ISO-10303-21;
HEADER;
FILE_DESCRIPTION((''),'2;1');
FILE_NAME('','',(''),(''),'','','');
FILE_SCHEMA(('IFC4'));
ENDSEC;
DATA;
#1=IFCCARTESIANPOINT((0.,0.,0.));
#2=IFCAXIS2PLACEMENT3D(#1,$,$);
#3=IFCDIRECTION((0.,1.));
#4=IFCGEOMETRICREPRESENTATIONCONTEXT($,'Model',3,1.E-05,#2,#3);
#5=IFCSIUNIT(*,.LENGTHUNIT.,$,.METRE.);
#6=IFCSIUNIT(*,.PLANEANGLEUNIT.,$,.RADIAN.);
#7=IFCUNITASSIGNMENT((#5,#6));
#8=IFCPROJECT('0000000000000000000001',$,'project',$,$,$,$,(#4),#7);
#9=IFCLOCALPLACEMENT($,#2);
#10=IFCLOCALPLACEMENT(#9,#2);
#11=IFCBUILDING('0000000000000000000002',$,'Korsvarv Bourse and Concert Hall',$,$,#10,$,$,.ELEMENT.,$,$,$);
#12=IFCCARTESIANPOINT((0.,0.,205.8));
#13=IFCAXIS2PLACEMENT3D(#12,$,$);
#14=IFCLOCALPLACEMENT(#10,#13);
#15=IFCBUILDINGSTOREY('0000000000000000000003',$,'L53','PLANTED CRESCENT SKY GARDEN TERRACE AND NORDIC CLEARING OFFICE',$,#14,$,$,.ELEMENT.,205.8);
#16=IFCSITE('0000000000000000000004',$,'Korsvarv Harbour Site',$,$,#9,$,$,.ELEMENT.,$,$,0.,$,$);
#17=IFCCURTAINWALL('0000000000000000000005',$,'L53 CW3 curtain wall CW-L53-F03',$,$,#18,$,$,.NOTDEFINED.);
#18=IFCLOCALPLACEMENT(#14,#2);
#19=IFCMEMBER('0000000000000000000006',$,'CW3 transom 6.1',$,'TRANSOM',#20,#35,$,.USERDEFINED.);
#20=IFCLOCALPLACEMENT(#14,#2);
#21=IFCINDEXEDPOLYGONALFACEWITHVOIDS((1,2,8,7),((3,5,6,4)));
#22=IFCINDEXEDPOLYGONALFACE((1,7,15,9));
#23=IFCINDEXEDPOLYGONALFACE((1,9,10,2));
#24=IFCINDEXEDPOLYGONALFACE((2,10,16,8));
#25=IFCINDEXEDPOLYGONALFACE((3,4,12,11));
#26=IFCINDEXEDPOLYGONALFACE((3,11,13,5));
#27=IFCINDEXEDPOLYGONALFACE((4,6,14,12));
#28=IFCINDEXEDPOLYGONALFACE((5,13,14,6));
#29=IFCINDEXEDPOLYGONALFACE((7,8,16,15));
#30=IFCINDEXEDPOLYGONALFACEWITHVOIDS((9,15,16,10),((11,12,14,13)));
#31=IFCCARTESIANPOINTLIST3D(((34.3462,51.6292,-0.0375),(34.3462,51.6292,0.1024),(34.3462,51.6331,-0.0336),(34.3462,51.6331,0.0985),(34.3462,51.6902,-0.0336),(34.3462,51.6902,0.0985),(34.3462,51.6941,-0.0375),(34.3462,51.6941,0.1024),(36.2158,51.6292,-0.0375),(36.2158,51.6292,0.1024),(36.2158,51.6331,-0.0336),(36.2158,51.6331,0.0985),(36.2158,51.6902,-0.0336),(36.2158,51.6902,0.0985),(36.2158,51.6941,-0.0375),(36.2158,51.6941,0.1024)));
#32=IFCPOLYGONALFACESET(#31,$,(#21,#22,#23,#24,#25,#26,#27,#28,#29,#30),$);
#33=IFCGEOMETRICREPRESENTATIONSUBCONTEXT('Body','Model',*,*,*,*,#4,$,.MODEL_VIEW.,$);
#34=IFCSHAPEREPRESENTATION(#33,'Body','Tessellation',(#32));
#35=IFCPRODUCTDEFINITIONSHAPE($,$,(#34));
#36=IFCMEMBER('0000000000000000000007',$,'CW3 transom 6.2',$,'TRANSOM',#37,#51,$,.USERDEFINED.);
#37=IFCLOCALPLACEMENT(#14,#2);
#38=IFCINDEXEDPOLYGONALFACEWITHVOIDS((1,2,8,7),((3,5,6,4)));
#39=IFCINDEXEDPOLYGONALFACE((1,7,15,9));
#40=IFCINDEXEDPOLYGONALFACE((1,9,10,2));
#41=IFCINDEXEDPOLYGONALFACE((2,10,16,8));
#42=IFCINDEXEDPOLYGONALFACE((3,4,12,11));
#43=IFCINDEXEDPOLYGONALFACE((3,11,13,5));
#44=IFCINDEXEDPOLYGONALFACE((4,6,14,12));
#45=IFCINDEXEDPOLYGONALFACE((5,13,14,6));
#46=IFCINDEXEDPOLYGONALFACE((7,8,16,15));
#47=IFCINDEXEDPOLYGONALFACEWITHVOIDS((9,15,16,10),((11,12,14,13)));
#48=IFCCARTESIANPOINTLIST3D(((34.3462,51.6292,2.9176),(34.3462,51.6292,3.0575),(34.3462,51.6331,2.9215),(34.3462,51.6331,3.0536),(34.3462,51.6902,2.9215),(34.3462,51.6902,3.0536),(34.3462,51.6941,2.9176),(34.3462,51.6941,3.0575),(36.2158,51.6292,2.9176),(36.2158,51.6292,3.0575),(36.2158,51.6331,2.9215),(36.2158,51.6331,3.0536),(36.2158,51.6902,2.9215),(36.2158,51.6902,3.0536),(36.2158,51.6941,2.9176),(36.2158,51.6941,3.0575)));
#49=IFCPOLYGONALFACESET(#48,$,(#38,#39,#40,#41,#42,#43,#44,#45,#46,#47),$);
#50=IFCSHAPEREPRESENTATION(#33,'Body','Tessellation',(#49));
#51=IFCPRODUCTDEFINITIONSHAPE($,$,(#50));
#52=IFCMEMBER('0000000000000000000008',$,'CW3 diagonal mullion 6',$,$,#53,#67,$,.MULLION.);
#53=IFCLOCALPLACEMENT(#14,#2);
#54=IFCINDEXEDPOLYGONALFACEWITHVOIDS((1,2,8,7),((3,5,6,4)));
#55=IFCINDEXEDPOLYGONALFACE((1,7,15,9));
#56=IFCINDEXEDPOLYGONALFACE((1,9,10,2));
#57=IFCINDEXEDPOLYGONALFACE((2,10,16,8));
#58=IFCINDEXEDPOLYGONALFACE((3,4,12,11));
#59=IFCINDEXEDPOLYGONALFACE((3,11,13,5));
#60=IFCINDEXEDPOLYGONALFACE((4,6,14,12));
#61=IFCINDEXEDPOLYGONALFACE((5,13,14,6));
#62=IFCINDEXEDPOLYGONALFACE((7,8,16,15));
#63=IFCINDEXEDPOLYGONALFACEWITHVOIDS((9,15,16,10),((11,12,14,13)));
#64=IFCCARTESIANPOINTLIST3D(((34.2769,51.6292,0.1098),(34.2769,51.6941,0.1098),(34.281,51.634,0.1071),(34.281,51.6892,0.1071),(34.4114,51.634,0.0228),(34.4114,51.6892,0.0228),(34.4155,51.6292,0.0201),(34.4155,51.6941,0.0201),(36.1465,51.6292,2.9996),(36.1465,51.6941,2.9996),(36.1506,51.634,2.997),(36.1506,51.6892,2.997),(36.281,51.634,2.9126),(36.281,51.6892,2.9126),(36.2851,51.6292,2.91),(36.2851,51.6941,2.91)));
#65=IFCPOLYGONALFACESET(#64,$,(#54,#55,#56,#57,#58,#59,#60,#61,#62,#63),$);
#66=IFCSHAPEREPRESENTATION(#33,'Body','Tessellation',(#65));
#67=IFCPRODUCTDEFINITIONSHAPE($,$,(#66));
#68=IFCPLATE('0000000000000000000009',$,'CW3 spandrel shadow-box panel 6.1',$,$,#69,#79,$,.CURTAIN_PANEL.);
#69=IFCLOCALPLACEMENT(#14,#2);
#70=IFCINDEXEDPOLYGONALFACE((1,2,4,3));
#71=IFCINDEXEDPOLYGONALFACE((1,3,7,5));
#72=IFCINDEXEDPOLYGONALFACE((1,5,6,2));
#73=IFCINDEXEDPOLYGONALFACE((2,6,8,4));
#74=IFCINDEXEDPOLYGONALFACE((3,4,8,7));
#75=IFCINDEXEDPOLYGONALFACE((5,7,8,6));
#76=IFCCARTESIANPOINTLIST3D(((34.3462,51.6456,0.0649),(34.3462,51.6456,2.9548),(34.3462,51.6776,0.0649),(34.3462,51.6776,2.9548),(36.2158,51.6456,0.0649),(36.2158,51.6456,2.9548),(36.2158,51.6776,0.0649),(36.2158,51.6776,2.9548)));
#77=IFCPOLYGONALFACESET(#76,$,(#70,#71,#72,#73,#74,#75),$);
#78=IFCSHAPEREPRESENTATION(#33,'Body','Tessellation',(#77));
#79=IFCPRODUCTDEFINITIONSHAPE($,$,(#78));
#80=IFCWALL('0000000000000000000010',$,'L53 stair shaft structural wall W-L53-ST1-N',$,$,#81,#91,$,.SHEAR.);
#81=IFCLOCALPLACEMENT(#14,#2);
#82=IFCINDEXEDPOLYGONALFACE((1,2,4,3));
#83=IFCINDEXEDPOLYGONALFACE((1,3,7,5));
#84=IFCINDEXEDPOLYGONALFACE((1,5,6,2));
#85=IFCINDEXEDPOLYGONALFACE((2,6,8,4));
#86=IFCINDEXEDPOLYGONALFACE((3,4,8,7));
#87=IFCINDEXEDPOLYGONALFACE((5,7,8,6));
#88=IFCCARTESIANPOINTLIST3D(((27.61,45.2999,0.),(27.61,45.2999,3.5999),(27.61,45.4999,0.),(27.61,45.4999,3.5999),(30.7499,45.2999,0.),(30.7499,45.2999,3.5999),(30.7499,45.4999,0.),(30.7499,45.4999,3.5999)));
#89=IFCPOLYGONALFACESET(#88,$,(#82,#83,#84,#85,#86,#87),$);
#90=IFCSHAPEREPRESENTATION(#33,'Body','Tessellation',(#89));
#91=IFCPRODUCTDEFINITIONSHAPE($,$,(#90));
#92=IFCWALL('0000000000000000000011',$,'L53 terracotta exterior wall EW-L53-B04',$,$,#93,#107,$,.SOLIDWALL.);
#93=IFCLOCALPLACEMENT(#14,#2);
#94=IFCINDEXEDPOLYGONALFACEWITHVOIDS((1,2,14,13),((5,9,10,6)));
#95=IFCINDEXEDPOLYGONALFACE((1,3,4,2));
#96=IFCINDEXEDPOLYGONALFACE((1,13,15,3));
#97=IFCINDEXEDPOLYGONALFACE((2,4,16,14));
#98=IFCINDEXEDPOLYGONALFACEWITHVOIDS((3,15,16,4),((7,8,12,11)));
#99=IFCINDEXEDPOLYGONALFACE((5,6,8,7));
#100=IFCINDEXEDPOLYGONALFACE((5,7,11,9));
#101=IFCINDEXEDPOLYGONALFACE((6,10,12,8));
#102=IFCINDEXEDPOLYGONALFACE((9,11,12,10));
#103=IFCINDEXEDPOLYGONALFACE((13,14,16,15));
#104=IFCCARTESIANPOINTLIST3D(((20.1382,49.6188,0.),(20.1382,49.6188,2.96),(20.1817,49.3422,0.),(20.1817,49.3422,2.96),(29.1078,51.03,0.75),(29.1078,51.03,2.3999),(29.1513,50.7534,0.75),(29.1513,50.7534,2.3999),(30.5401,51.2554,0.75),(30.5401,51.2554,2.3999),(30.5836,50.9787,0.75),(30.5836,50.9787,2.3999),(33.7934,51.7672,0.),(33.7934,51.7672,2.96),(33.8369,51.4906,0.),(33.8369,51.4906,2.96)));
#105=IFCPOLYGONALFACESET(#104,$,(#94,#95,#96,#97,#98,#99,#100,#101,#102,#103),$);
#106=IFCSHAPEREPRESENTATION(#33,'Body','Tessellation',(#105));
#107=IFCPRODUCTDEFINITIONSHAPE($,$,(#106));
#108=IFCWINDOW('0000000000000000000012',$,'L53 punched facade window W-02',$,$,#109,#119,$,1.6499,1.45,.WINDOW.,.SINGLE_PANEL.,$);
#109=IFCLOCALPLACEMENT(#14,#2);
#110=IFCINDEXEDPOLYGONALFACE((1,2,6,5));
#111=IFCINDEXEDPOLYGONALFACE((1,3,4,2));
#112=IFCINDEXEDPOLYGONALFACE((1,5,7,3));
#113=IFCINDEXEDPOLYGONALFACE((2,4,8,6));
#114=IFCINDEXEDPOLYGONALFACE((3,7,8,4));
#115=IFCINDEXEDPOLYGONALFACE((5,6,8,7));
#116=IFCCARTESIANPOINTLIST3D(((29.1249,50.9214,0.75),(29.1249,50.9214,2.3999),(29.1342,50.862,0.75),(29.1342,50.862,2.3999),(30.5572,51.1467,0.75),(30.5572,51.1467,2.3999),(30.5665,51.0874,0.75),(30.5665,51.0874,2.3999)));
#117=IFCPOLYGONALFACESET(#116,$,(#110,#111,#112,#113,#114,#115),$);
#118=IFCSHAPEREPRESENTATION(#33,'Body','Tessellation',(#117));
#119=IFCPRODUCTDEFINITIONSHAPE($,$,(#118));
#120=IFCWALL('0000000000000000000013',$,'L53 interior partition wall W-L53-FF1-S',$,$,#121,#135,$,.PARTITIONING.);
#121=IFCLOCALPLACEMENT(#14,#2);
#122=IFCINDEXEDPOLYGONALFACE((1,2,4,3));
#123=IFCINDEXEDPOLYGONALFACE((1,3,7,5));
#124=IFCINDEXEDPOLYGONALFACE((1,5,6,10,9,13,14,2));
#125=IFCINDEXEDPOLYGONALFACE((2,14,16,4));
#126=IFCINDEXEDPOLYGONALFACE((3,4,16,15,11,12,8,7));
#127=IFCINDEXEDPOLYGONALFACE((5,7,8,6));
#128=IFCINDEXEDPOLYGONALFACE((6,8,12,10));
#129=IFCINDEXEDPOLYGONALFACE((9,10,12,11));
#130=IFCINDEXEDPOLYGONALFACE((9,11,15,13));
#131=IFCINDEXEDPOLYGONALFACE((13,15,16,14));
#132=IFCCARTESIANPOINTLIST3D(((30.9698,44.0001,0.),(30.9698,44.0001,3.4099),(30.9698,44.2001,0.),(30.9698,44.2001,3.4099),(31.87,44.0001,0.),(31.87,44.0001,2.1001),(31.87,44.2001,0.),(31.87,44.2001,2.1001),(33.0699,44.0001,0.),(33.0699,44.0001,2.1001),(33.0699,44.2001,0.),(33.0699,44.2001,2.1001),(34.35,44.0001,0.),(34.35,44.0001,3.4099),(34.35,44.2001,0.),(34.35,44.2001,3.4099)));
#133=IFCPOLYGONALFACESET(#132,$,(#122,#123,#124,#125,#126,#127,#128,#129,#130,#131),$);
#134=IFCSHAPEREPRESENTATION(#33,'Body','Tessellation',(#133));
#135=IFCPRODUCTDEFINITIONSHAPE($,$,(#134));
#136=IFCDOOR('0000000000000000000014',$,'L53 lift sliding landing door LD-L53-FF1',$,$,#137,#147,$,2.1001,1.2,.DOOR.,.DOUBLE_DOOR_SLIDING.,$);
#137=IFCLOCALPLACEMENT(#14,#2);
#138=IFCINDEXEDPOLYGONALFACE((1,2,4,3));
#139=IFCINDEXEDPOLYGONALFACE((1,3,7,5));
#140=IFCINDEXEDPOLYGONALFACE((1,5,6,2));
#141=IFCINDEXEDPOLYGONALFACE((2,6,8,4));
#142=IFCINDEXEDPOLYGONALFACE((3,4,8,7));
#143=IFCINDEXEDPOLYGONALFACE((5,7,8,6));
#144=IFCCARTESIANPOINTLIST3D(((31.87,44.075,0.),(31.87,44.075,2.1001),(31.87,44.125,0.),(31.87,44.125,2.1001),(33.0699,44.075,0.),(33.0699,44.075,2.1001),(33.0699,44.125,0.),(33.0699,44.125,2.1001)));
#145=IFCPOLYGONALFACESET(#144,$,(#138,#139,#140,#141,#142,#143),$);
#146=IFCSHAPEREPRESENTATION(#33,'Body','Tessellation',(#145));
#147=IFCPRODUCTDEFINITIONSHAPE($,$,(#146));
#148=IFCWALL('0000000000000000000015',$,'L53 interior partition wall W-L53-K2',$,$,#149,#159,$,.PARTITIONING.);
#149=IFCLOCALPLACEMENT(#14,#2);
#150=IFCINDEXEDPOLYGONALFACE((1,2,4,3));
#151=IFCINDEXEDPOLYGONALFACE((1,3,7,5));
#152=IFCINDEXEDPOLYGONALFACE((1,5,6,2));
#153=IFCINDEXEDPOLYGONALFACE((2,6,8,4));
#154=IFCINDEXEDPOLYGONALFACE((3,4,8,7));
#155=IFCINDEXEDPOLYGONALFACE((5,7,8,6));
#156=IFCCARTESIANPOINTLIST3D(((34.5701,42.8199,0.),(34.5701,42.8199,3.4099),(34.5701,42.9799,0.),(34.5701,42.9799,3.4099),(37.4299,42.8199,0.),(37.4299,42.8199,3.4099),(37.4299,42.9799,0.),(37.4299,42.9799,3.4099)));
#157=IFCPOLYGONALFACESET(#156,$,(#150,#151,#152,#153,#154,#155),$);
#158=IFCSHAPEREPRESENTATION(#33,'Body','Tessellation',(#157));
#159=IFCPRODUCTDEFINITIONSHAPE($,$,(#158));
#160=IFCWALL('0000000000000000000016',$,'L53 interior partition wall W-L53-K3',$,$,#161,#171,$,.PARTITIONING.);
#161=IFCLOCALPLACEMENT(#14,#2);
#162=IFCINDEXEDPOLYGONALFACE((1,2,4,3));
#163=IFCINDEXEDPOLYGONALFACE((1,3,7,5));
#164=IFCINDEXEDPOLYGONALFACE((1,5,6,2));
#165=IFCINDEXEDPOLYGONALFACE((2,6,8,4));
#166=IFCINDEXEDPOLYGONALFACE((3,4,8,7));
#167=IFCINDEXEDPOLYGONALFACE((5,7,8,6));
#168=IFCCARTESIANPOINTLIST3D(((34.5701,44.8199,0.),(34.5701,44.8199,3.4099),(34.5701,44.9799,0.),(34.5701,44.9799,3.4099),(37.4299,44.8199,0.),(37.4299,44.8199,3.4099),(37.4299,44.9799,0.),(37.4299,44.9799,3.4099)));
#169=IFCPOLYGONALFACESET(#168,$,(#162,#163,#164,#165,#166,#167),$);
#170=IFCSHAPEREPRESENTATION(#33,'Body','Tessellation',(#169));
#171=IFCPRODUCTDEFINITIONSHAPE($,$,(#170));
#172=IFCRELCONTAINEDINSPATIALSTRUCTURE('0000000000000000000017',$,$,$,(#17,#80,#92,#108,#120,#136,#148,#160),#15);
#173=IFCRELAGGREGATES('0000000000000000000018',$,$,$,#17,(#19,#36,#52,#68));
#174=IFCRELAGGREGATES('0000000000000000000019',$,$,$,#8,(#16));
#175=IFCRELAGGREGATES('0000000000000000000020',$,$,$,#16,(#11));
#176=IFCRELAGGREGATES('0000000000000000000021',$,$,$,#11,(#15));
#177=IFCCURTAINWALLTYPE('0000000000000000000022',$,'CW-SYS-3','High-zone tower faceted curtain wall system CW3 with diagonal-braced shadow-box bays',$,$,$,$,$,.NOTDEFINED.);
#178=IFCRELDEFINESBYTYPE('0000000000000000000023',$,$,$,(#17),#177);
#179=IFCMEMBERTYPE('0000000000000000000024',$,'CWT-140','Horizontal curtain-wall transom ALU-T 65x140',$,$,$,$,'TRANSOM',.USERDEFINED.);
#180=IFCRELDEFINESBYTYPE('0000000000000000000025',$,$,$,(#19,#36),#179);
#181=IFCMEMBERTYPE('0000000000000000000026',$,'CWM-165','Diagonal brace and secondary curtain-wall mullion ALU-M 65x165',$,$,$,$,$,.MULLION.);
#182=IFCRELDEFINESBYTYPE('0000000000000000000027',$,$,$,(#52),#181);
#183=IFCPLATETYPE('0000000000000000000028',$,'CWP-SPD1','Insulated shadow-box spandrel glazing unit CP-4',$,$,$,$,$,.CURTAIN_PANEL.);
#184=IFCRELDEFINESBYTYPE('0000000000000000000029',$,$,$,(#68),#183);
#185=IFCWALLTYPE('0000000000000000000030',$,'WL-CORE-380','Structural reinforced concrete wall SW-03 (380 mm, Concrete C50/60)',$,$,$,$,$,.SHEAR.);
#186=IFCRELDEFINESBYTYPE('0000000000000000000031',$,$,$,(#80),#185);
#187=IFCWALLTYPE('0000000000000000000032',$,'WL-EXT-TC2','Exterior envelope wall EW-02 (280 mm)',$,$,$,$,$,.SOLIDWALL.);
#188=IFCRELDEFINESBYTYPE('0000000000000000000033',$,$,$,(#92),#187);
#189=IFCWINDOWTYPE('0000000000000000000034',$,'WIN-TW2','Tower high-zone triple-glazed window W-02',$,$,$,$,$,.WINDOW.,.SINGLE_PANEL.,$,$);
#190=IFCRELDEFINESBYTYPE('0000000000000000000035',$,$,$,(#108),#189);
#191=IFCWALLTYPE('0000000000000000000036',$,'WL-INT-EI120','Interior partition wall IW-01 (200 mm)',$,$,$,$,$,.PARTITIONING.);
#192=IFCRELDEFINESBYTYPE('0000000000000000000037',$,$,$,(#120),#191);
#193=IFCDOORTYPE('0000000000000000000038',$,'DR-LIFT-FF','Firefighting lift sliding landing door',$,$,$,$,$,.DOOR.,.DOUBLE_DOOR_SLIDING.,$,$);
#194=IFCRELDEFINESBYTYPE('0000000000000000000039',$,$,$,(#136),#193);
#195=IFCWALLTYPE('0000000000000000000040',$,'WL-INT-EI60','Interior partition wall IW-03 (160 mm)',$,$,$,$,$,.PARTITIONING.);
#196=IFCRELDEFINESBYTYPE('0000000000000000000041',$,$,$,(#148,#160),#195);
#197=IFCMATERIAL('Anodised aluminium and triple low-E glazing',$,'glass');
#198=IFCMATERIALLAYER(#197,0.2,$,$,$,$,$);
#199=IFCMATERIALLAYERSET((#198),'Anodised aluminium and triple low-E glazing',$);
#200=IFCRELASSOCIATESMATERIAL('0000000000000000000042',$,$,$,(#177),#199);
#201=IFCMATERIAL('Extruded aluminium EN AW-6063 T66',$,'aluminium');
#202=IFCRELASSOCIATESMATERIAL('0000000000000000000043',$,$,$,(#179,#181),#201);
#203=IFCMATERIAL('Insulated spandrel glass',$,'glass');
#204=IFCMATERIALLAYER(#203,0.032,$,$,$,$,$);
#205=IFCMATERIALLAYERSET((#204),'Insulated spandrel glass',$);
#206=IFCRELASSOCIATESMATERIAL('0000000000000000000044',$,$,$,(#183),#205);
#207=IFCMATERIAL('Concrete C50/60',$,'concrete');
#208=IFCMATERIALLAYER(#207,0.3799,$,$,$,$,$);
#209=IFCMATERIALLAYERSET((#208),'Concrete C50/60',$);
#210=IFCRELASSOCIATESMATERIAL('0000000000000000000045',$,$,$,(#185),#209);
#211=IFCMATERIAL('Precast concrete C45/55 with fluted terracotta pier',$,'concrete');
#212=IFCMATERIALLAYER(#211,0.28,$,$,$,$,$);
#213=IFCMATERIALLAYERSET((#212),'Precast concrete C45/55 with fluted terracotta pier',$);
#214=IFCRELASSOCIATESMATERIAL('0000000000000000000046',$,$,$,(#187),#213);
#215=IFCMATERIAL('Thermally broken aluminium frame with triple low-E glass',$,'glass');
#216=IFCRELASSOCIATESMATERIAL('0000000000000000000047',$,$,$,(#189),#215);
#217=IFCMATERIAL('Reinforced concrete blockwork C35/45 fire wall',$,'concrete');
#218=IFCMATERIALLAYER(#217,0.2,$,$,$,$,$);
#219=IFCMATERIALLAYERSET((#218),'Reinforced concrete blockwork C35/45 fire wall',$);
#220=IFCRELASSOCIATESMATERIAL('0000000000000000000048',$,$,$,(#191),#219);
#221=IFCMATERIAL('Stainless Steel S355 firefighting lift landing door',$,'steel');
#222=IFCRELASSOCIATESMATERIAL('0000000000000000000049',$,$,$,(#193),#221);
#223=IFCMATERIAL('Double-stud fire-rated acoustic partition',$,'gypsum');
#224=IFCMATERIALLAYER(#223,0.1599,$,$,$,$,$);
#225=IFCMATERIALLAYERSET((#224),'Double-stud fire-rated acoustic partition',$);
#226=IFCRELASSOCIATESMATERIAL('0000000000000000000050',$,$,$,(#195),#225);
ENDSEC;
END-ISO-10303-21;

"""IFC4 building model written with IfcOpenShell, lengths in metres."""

from ifc_helpers import new_model, si_unit, direction, frame, frame_2d, origin, origin_2d, place, context, subcontext, project, spatial, rectangle, hollow_rectangle, extrude, source, transform, mapped, material, layer, layer_set, material_profile, profile_set, type_object, element, fill, aggregate, save


model = new_model("IFC4")

# Units and contexts
model_context = context("Model", 3, precision=1e-05, world=origin(), true_north=direction((0.0, 1.0)))
body_context = subcontext(model_context, "Body", "Model", "MODEL_VIEW")
ifc_project = project(units=[si_unit("LENGTHUNIT", "METRE"), si_unit("PLANEANGLEUNIT", "RADIAN")], contexts=[model_context])

# Site, building, storey
site_placement = place(None, origin())
site = spatial("IfcSite", under=ifc_project, at=site_placement, Name="Korsvarv Harbour Site", CompositionType="ELEMENT", RefElevation=0.0)
building_placement = place(site_placement, origin())
building = spatial("IfcBuilding", under=site, at=building_placement, Name="Korsvarv Bourse and Concert Hall", CompositionType="ELEMENT")
storey_placement = place(building_placement, frame((0.0, 0.0, 205.8)))
storey = spatial("IfcBuildingStorey", under=building, at=storey_placement, Name="L53", Description="PLANTED CRESCENT SKY GARDEN TERRACE AND NORDIC CLEARING OFFICE", CompositionType="ELEMENT", Elevation=205.8)

# Curtain wall, members, plate
ifc_material_1 = material(Name="Anodised aluminium and triple low-E glazing", Category="glass")
ifc_layer_1 = layer(ifc_material_1, 0.2)
ifc_layer_set_1 = layer_set([ifc_layer_1], Name="Anodised aluminium and triple low-E glazing")
curtain_wall_type = type_object("IfcCurtainWallType", Name="CW-SYS-3", Description="High-zone tower faceted curtain wall system CW3 with diagonal-braced shadow-box bays", PredefinedType="NOTDEFINED", material=ifc_layer_set_1)
curtain_wall_placement = place(storey_placement, origin())
curtain_wall = element("IfcCurtainWall", 1, at=curtain_wall_placement, inside=storey, type_object=curtain_wall_type, Name="L53 CW3 curtain wall CW-L53-F03", PredefinedType="NOTDEFINED")
ifc_material_2 = material(Name="Extruded aluminium EN AW-6063 T66", Category="aluminium")
ifc_material_profile_1 = material_profile(ifc_material_2, hollow_rectangle(XDim=0.0649, YDim=0.1399, WallThickness=0.0039, at=origin_2d()), Name="ALU-T 65x140")
ifc_profile_set_1 = profile_set([ifc_material_profile_1], Name="Extruded aluminium EN AW-6063 T66")
member_type_1 = type_object("IfcMemberType", Name="CWT-140", Description="Horizontal curtain-wall transom ALU-T 65x140", ElementType="TRANSOM", PredefinedType="USERDEFINED", material=ifc_profile_set_1)
shared_shape_1 = source(origin(), body_context, "Body", "SweptSolid", [
    extrude(hollow_rectangle(XDim=0.0649, YDim=0.1399, WallThickness=0.0039, at=origin_2d()), origin(), (0.0, 0.0, 1.0), 1.8696),
])
member_1_placement = place(storey_placement, frame((36.2158, 51.6616, 0.0325), z_axis=(-1.0, 0.0, 0.0), x_axis=(0.0, -1.0, 0.0)))
member_1 = element("IfcMember", 2, at=member_1_placement, type_object=member_type_1, Name="CW3 transom 6.1", ObjectType="TRANSOM", PredefinedType="USERDEFINED", context=body_context, shape_type="MappedRepresentation", body=[
    mapped(shared_shape_1, transform((0.0, 0.0, 0.0), scale=1.0)),
])
member_2_placement = place(storey_placement, frame((36.2158, 51.6616, 2.9875), z_axis=(-1.0, 0.0, 0.0), x_axis=(0.0, -1.0, 0.0)))
member_2 = element("IfcMember", 3, at=member_2_placement, type_object=member_type_1, Name="CW3 transom 6.2", ObjectType="TRANSOM", PredefinedType="USERDEFINED", context=body_context, shape_type="MappedRepresentation", body=[
    mapped(shared_shape_1, transform((0.0, 0.0, 0.0), scale=1.0)),
])
ifc_material_profile_2 = material_profile(ifc_material_2, hollow_rectangle(XDim=0.0649, YDim=0.165, WallThickness=0.0049, at=origin_2d()), Name="ALU-M 65x165")
ifc_profile_set_2 = profile_set([ifc_material_profile_2], Name="Extruded aluminium EN AW-6063 T66")
member_type_2 = type_object("IfcMemberType", Name="CWM-165", Description="Diagonal brace and secondary curtain-wall mullion ALU-M 65x165", PredefinedType="MULLION", material=ifc_profile_set_2)
shared_shape_2 = source(origin(), body_context, "Body", "SweptSolid", [
    extrude(hollow_rectangle(XDim=0.0649, YDim=0.165, WallThickness=0.0049, at=origin_2d()), origin(), (0.0, 0.0, 1.0), 3.4419),
])
member_3_placement = place(storey_placement, frame((34.3462, 51.6616, 0.0649), z_axis=(0.54319, 0.0, 0.83961), x_axis=(0.0, 1.0, 0.0)))
member_3 = element("IfcMember", 4, at=member_3_placement, type_object=member_type_2, Name="CW3 diagonal mullion 6", PredefinedType="MULLION", context=body_context, shape_type="MappedRepresentation", body=[
    mapped(shared_shape_2, transform((0.0, 0.0, 0.0), scale=1.0)),
])
ifc_material_3 = material(Name="Insulated spandrel glass", Category="glass")
ifc_layer_2 = layer(ifc_material_3, 0.032)
ifc_layer_set_2 = layer_set([ifc_layer_2], Name="Insulated spandrel glass")
plate_type = type_object("IfcPlateType", Name="CWP-SPD1", Description="Insulated shadow-box spandrel glazing unit CP-4", PredefinedType="CURTAIN_PANEL", material=ifc_layer_set_2)
shared_shape_3 = source(origin(), body_context, "Body", "SweptSolid", [
    extrude(rectangle(XDim=1.8696, YDim=0.032, at=origin_2d()), origin(), (0.0, 0.0, 1.0), 2.8899),
])
plate_placement = place(storey_placement, frame((35.281, 51.6616, 0.0649), z_axis=(0.0, 0.0, 1.0), x_axis=(-1.0, 0.0, 0.0)))
plate = element("IfcPlate", 5, at=plate_placement, type_object=plate_type, Name="CW3 spandrel shadow-box panel 6.1", PredefinedType="CURTAIN_PANEL", context=body_context, shape_type="MappedRepresentation", body=[
    mapped(shared_shape_3, transform((0.0, 0.0, 0.0), scale=1.0)),
])
aggregate(curtain_wall, [member_1, member_2, member_3, plate])

# Wall
ifc_material_4 = material(Name="Concrete C50/60", Category="concrete")
ifc_layer_3 = layer(ifc_material_4, 0.3799)
ifc_layer_set_3 = layer_set([ifc_layer_3], Name="Concrete C50/60")
wall_type_1 = type_object("IfcWallType", Name="WL-CORE-380", Description="Structural reinforced concrete wall SW-03 (380 mm, Concrete C50/60)", PredefinedType="SHEAR", material=ifc_layer_set_3)
wall_1_placement = place(storey_placement, frame((27.6101, 45.3999, 0.0), z_axis=(0.0, 0.0, 1.0), x_axis=(1.0, 0.0, 0.0)))
element("IfcWall", 6, at=wall_1_placement, inside=storey, type_object=wall_type_1, Name="L53 stair shaft structural wall W-L53-ST1-N", PredefinedType="SHEAR", context=body_context, shape_type="SweptSolid", body=[
    extrude(rectangle(XDim=3.1399, YDim=0.2, at=frame_2d((1.5698, 0.0))), origin(), (0.0, 0.0, 1.0), 3.5999),
])

# Wall, opening, window
ifc_material_5 = material(Name="Precast concrete C45/55 with fluted terracotta pier", Category="concrete")
ifc_layer_4 = layer(ifc_material_5, 0.28)
ifc_layer_set_4 = layer_set([ifc_layer_4], Name="Precast concrete C45/55 with fluted terracotta pier")
wall_type_2 = type_object("IfcWallType", Name="WL-EXT-TC2", Description="Exterior envelope wall EW-02 (280 mm)", PredefinedType="SOLIDWALL", material=ifc_layer_set_4)
wall_2_placement = place(storey_placement, frame((33.8152, 51.6289, 0.0), z_axis=(0.0, 0.0, 1.0), x_axis=(-0.987848, -0.155422, 0.0)))
wall_2 = element("IfcWall", 7, at=wall_2_placement, inside=storey, type_object=wall_type_2, Name="L53 terracotta exterior wall EW-L53-B04", PredefinedType="SOLIDWALL", context=body_context, shape_type="SweptSolid", body=[
    extrude(rectangle(XDim=13.8232, YDim=0.28, at=frame_2d((6.9116, 0.0))), origin(), (0.0, 0.0, 1.0), 2.96),
])
opening_1_placement = place(wall_2_placement, frame((3.2932, 0.0, 0.75)))
opening_1 = element("IfcOpeningElement", 8, at=opening_1_placement, cuts=wall_2, PredefinedType="OPENING", context=body_context, shape_type="SweptSolid", body=[
    extrude(rectangle(XDim=1.45, YDim=1.6499, at=frame_2d((0.7251, 0.825))), frame((0.0, 0.1499, 0.0), z_axis=(0.0, -1.0, 0.0), x_axis=(1.0, 0.0, 0.0)), (0.0, 0.0, 1.0), 0.3),
])
ifc_material_6 = material(Name="Thermally broken aluminium frame with triple low-E glass", Category="glass")
window_type = type_object("IfcWindowType", Name="WIN-TW2", Description="Tower high-zone triple-glazed window W-02", PartitioningType="SINGLE_PANEL", PredefinedType="WINDOW", material=ifc_material_6)
window_placement = place(opening_1_placement, origin())
window = element("IfcWindow", 9, at=window_placement, inside=storey, type_object=window_type, Name="L53 punched facade window W-02", OverallHeight=1.6499, OverallWidth=1.45, PartitioningType="SINGLE_PANEL", PredefinedType="WINDOW", context=body_context, shape_type="SweptSolid", body=[
    extrude(rectangle(XDim=1.45, YDim=1.6499, at=frame_2d((0.7251, 0.825))), frame((0.0, 0.03, 0.0), z_axis=(0.0, -1.0, 0.0), x_axis=(1.0, 0.0, 0.0)), (0.0, 0.0, 1.0), 0.0601),
])
fill(opening_1, window)

# Wall, opening, door
ifc_material_7 = material(Name="Reinforced concrete blockwork C35/45 fire wall", Category="concrete")
ifc_layer_5 = layer(ifc_material_7, 0.2)
ifc_layer_set_5 = layer_set([ifc_layer_5], Name="Reinforced concrete blockwork C35/45 fire wall")
wall_type_3 = type_object("IfcWallType", Name="WL-INT-EI120", Description="Interior partition wall IW-01 (200 mm)", PredefinedType="PARTITIONING", material=ifc_layer_set_5)
wall_3_placement = place(storey_placement, frame((30.97, 44.1001, 0.0), z_axis=(0.0, 0.0, 1.0), x_axis=(1.0, 0.0, 0.0)))
wall_3 = element("IfcWall", 10, at=wall_3_placement, inside=storey, type_object=wall_type_3, Name="L53 interior partition wall W-L53-FF1-S", PredefinedType="PARTITIONING", context=body_context, shape_type="SweptSolid", body=[
    extrude(rectangle(XDim=3.3801, YDim=0.2, at=frame_2d((1.6899, 0.0))), origin(), (0.0, 0.0, 1.0), 3.4099),
])
opening_2_placement = place(wall_3_placement, frame((0.8999, 0.0, 0.0)))
opening_2 = element("IfcOpeningElement", 11, at=opening_2_placement, cuts=wall_3, PredefinedType="OPENING", context=body_context, shape_type="SweptSolid", body=[
    extrude(rectangle(XDim=1.2, YDim=2.1001, at=frame_2d((0.6001, 1.05))), frame((0.0, 0.1099, 0.0), z_axis=(0.0, -1.0, 0.0), x_axis=(1.0, 0.0, 0.0)), (0.0, 0.0, 1.0), 0.22),
])
ifc_material_8 = material(Name="Stainless Steel S355 firefighting lift landing door", Category="steel")
door_type = type_object("IfcDoorType", Name="DR-LIFT-FF", Description="Firefighting lift sliding landing door", OperationType="DOUBLE_DOOR_SLIDING", PredefinedType="DOOR", material=ifc_material_8)
door_placement = place(opening_2_placement, origin())
door = element("IfcDoor", 12, at=door_placement, inside=storey, type_object=door_type, Name="L53 lift sliding landing door LD-L53-FF1", OperationType="DOUBLE_DOOR_SLIDING", OverallHeight=2.1001, OverallWidth=1.2, PredefinedType="DOOR", context=body_context, shape_type="SweptSolid", body=[
    extrude(rectangle(XDim=1.2, YDim=2.1001, at=frame_2d((0.6001, 1.05))), frame((0.0, 0.0249, 0.0), z_axis=(0.0, -1.0, 0.0), x_axis=(1.0, 0.0, 0.0)), (0.0, 0.0, 1.0), 0.05),
])
fill(opening_2, door)

# Walls
ifc_material_9 = material(Name="Double-stud fire-rated acoustic partition", Category="gypsum")
ifc_layer_6 = layer(ifc_material_9, 0.1599)
ifc_layer_set_6 = layer_set([ifc_layer_6], Name="Double-stud fire-rated acoustic partition")
wall_type_4 = type_object("IfcWallType", Name="WL-INT-EI60", Description="Interior partition wall IW-03 (160 mm)", PredefinedType="PARTITIONING", material=ifc_layer_set_6)
for number, where, z_axis, x_axis, name in (
    (13, (34.5701, 42.8999, 0.0), (0.0, 0.0, 1.0), (1.0, 0.0, 0.0), "L53 interior partition wall W-L53-K2"),
    (14, (34.5701, 44.8999, 0.0), (0.0, 0.0, 1.0), (1.0, 0.0, 0.0), "L53 interior partition wall W-L53-K3"),
):
    element("IfcWall", number, at=place(storey_placement, frame(where, z_axis=z_axis, x_axis=x_axis)), inside=storey, type_object=wall_type_4, Name=name, PredefinedType="PARTITIONING", context=body_context, shape_type="SweptSolid", body=[
        extrude(rectangle(XDim=2.8599, YDim=0.1599, at=frame_2d((1.4299, 0.0))), origin(), (0.0, 0.0, 1.0), 3.4099),
    ])

save(model, "model.ifc")
